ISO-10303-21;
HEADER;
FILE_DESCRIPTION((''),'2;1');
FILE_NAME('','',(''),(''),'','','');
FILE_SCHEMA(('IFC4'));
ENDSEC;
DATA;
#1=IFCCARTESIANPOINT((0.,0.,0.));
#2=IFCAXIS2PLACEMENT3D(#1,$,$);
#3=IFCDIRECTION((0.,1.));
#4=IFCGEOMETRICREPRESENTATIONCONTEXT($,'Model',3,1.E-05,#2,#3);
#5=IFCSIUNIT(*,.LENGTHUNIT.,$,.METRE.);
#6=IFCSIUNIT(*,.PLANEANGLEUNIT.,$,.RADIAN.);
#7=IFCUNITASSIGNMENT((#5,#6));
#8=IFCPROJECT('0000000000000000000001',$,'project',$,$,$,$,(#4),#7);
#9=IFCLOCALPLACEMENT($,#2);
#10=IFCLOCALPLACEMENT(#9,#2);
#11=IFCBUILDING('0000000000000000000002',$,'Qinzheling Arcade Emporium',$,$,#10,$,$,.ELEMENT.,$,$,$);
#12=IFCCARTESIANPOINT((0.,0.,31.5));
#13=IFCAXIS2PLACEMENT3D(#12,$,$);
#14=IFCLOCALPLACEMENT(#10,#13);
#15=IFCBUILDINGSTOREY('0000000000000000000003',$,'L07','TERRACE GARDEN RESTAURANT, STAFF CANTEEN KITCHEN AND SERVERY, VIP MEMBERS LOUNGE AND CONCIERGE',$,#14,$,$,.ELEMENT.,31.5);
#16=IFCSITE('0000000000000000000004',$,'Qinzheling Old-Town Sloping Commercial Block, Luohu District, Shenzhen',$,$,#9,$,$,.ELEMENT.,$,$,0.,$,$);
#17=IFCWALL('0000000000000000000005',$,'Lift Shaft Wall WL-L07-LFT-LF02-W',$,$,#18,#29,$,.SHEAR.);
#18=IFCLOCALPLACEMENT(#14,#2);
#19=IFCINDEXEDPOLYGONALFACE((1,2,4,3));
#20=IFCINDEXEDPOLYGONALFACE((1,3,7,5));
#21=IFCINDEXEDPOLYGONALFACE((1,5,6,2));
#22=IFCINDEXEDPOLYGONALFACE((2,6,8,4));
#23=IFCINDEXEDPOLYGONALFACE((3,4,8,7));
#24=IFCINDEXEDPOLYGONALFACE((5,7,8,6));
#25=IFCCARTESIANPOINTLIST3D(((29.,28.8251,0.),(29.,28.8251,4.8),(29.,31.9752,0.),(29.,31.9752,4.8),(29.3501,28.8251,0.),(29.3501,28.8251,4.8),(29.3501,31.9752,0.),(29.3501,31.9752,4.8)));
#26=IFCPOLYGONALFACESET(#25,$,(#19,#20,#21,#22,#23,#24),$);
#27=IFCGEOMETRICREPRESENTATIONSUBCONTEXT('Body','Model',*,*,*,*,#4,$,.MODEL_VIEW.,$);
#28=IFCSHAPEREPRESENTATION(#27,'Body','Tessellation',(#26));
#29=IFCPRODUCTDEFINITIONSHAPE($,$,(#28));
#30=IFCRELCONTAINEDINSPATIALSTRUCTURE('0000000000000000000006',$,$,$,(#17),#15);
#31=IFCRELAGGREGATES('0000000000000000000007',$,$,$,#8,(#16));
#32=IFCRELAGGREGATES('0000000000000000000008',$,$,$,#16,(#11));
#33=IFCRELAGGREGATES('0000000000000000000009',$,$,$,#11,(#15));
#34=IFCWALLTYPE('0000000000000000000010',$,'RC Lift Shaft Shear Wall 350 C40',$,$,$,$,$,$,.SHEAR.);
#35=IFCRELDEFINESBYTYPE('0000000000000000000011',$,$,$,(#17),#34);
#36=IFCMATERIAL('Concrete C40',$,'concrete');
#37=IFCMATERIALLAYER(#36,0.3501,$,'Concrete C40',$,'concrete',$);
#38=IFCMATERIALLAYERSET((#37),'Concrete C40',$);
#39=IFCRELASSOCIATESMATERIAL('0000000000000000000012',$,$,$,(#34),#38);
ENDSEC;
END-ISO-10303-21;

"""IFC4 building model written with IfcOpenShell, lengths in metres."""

from ifc_helpers import new_model, si_unit, direction, frame, frame_2d, origin, place, context, subcontext, project, spatial, rectangle, extrude, material, layer, layer_set, type_object, element, save


model = new_model("IFC4")

# Units and contexts
model_context = context("Model", 3, precision=1e-05, world=origin(), true_north=direction((0.0, 1.0)))
body_context = subcontext(model_context, "Body", "Model", "MODEL_VIEW")
ifc_project = project(units=[si_unit("LENGTHUNIT", "METRE"), si_unit("PLANEANGLEUNIT", "RADIAN")], contexts=[model_context])

# Site, building, storey
site_placement = place(None, origin())
site = spatial("IfcSite", under=ifc_project, at=site_placement, Name="Qinzheling Old-Town Sloping Commercial Block, Luohu District, Shenzhen", CompositionType="ELEMENT", RefElevation=0.0)
building_placement = place(site_placement, origin())
building = spatial("IfcBuilding", under=site, at=building_placement, Name="Qinzheling Arcade Emporium", CompositionType="ELEMENT")
storey_placement = place(building_placement, frame((0.0, 0.0, 31.5)))
storey = spatial("IfcBuildingStorey", under=building, at=storey_placement, Name="L07", Description="TERRACE GARDEN RESTAURANT, STAFF CANTEEN KITCHEN AND SERVERY, VIP MEMBERS LOUNGE AND CONCIERGE", CompositionType="ELEMENT", Elevation=31.5)

# Shared definitions
ifc_material_1 = material(Name="Concrete C40", Category="concrete")

# Wall
ifc_layer_1 = layer(ifc_material_1, 0.3501, Name="Concrete C40", Category="concrete")
ifc_layer_set_1 = layer_set([ifc_layer_1], Name="Concrete C40")
wall_type = type_object("IfcWallType", Name="RC Lift Shaft Shear Wall 350 C40", PredefinedType="SHEAR", material=ifc_layer_set_1)
wall_1_placement = place(storey_placement, frame((29.175, 28.825, 0.0), z_axis=(0.0, 0.0, 1.0), x_axis=(0.0, 1.0, 0.0)))
element("IfcWall", 1, at=wall_1_placement, inside=storey, type_object=wall_type, Name="Lift Shaft Wall WL-L07-LFT-LF02-W", PredefinedType="SHEAR", context=body_context, shape_type="SweptSolid", body=[
    extrude(rectangle(XDim=3.1501, YDim=0.3501, at=frame_2d((1.5752, 0.0))), origin(), (0.0, 0.0, 1.0), 4.8),
])

save(model, "model.ifc")
